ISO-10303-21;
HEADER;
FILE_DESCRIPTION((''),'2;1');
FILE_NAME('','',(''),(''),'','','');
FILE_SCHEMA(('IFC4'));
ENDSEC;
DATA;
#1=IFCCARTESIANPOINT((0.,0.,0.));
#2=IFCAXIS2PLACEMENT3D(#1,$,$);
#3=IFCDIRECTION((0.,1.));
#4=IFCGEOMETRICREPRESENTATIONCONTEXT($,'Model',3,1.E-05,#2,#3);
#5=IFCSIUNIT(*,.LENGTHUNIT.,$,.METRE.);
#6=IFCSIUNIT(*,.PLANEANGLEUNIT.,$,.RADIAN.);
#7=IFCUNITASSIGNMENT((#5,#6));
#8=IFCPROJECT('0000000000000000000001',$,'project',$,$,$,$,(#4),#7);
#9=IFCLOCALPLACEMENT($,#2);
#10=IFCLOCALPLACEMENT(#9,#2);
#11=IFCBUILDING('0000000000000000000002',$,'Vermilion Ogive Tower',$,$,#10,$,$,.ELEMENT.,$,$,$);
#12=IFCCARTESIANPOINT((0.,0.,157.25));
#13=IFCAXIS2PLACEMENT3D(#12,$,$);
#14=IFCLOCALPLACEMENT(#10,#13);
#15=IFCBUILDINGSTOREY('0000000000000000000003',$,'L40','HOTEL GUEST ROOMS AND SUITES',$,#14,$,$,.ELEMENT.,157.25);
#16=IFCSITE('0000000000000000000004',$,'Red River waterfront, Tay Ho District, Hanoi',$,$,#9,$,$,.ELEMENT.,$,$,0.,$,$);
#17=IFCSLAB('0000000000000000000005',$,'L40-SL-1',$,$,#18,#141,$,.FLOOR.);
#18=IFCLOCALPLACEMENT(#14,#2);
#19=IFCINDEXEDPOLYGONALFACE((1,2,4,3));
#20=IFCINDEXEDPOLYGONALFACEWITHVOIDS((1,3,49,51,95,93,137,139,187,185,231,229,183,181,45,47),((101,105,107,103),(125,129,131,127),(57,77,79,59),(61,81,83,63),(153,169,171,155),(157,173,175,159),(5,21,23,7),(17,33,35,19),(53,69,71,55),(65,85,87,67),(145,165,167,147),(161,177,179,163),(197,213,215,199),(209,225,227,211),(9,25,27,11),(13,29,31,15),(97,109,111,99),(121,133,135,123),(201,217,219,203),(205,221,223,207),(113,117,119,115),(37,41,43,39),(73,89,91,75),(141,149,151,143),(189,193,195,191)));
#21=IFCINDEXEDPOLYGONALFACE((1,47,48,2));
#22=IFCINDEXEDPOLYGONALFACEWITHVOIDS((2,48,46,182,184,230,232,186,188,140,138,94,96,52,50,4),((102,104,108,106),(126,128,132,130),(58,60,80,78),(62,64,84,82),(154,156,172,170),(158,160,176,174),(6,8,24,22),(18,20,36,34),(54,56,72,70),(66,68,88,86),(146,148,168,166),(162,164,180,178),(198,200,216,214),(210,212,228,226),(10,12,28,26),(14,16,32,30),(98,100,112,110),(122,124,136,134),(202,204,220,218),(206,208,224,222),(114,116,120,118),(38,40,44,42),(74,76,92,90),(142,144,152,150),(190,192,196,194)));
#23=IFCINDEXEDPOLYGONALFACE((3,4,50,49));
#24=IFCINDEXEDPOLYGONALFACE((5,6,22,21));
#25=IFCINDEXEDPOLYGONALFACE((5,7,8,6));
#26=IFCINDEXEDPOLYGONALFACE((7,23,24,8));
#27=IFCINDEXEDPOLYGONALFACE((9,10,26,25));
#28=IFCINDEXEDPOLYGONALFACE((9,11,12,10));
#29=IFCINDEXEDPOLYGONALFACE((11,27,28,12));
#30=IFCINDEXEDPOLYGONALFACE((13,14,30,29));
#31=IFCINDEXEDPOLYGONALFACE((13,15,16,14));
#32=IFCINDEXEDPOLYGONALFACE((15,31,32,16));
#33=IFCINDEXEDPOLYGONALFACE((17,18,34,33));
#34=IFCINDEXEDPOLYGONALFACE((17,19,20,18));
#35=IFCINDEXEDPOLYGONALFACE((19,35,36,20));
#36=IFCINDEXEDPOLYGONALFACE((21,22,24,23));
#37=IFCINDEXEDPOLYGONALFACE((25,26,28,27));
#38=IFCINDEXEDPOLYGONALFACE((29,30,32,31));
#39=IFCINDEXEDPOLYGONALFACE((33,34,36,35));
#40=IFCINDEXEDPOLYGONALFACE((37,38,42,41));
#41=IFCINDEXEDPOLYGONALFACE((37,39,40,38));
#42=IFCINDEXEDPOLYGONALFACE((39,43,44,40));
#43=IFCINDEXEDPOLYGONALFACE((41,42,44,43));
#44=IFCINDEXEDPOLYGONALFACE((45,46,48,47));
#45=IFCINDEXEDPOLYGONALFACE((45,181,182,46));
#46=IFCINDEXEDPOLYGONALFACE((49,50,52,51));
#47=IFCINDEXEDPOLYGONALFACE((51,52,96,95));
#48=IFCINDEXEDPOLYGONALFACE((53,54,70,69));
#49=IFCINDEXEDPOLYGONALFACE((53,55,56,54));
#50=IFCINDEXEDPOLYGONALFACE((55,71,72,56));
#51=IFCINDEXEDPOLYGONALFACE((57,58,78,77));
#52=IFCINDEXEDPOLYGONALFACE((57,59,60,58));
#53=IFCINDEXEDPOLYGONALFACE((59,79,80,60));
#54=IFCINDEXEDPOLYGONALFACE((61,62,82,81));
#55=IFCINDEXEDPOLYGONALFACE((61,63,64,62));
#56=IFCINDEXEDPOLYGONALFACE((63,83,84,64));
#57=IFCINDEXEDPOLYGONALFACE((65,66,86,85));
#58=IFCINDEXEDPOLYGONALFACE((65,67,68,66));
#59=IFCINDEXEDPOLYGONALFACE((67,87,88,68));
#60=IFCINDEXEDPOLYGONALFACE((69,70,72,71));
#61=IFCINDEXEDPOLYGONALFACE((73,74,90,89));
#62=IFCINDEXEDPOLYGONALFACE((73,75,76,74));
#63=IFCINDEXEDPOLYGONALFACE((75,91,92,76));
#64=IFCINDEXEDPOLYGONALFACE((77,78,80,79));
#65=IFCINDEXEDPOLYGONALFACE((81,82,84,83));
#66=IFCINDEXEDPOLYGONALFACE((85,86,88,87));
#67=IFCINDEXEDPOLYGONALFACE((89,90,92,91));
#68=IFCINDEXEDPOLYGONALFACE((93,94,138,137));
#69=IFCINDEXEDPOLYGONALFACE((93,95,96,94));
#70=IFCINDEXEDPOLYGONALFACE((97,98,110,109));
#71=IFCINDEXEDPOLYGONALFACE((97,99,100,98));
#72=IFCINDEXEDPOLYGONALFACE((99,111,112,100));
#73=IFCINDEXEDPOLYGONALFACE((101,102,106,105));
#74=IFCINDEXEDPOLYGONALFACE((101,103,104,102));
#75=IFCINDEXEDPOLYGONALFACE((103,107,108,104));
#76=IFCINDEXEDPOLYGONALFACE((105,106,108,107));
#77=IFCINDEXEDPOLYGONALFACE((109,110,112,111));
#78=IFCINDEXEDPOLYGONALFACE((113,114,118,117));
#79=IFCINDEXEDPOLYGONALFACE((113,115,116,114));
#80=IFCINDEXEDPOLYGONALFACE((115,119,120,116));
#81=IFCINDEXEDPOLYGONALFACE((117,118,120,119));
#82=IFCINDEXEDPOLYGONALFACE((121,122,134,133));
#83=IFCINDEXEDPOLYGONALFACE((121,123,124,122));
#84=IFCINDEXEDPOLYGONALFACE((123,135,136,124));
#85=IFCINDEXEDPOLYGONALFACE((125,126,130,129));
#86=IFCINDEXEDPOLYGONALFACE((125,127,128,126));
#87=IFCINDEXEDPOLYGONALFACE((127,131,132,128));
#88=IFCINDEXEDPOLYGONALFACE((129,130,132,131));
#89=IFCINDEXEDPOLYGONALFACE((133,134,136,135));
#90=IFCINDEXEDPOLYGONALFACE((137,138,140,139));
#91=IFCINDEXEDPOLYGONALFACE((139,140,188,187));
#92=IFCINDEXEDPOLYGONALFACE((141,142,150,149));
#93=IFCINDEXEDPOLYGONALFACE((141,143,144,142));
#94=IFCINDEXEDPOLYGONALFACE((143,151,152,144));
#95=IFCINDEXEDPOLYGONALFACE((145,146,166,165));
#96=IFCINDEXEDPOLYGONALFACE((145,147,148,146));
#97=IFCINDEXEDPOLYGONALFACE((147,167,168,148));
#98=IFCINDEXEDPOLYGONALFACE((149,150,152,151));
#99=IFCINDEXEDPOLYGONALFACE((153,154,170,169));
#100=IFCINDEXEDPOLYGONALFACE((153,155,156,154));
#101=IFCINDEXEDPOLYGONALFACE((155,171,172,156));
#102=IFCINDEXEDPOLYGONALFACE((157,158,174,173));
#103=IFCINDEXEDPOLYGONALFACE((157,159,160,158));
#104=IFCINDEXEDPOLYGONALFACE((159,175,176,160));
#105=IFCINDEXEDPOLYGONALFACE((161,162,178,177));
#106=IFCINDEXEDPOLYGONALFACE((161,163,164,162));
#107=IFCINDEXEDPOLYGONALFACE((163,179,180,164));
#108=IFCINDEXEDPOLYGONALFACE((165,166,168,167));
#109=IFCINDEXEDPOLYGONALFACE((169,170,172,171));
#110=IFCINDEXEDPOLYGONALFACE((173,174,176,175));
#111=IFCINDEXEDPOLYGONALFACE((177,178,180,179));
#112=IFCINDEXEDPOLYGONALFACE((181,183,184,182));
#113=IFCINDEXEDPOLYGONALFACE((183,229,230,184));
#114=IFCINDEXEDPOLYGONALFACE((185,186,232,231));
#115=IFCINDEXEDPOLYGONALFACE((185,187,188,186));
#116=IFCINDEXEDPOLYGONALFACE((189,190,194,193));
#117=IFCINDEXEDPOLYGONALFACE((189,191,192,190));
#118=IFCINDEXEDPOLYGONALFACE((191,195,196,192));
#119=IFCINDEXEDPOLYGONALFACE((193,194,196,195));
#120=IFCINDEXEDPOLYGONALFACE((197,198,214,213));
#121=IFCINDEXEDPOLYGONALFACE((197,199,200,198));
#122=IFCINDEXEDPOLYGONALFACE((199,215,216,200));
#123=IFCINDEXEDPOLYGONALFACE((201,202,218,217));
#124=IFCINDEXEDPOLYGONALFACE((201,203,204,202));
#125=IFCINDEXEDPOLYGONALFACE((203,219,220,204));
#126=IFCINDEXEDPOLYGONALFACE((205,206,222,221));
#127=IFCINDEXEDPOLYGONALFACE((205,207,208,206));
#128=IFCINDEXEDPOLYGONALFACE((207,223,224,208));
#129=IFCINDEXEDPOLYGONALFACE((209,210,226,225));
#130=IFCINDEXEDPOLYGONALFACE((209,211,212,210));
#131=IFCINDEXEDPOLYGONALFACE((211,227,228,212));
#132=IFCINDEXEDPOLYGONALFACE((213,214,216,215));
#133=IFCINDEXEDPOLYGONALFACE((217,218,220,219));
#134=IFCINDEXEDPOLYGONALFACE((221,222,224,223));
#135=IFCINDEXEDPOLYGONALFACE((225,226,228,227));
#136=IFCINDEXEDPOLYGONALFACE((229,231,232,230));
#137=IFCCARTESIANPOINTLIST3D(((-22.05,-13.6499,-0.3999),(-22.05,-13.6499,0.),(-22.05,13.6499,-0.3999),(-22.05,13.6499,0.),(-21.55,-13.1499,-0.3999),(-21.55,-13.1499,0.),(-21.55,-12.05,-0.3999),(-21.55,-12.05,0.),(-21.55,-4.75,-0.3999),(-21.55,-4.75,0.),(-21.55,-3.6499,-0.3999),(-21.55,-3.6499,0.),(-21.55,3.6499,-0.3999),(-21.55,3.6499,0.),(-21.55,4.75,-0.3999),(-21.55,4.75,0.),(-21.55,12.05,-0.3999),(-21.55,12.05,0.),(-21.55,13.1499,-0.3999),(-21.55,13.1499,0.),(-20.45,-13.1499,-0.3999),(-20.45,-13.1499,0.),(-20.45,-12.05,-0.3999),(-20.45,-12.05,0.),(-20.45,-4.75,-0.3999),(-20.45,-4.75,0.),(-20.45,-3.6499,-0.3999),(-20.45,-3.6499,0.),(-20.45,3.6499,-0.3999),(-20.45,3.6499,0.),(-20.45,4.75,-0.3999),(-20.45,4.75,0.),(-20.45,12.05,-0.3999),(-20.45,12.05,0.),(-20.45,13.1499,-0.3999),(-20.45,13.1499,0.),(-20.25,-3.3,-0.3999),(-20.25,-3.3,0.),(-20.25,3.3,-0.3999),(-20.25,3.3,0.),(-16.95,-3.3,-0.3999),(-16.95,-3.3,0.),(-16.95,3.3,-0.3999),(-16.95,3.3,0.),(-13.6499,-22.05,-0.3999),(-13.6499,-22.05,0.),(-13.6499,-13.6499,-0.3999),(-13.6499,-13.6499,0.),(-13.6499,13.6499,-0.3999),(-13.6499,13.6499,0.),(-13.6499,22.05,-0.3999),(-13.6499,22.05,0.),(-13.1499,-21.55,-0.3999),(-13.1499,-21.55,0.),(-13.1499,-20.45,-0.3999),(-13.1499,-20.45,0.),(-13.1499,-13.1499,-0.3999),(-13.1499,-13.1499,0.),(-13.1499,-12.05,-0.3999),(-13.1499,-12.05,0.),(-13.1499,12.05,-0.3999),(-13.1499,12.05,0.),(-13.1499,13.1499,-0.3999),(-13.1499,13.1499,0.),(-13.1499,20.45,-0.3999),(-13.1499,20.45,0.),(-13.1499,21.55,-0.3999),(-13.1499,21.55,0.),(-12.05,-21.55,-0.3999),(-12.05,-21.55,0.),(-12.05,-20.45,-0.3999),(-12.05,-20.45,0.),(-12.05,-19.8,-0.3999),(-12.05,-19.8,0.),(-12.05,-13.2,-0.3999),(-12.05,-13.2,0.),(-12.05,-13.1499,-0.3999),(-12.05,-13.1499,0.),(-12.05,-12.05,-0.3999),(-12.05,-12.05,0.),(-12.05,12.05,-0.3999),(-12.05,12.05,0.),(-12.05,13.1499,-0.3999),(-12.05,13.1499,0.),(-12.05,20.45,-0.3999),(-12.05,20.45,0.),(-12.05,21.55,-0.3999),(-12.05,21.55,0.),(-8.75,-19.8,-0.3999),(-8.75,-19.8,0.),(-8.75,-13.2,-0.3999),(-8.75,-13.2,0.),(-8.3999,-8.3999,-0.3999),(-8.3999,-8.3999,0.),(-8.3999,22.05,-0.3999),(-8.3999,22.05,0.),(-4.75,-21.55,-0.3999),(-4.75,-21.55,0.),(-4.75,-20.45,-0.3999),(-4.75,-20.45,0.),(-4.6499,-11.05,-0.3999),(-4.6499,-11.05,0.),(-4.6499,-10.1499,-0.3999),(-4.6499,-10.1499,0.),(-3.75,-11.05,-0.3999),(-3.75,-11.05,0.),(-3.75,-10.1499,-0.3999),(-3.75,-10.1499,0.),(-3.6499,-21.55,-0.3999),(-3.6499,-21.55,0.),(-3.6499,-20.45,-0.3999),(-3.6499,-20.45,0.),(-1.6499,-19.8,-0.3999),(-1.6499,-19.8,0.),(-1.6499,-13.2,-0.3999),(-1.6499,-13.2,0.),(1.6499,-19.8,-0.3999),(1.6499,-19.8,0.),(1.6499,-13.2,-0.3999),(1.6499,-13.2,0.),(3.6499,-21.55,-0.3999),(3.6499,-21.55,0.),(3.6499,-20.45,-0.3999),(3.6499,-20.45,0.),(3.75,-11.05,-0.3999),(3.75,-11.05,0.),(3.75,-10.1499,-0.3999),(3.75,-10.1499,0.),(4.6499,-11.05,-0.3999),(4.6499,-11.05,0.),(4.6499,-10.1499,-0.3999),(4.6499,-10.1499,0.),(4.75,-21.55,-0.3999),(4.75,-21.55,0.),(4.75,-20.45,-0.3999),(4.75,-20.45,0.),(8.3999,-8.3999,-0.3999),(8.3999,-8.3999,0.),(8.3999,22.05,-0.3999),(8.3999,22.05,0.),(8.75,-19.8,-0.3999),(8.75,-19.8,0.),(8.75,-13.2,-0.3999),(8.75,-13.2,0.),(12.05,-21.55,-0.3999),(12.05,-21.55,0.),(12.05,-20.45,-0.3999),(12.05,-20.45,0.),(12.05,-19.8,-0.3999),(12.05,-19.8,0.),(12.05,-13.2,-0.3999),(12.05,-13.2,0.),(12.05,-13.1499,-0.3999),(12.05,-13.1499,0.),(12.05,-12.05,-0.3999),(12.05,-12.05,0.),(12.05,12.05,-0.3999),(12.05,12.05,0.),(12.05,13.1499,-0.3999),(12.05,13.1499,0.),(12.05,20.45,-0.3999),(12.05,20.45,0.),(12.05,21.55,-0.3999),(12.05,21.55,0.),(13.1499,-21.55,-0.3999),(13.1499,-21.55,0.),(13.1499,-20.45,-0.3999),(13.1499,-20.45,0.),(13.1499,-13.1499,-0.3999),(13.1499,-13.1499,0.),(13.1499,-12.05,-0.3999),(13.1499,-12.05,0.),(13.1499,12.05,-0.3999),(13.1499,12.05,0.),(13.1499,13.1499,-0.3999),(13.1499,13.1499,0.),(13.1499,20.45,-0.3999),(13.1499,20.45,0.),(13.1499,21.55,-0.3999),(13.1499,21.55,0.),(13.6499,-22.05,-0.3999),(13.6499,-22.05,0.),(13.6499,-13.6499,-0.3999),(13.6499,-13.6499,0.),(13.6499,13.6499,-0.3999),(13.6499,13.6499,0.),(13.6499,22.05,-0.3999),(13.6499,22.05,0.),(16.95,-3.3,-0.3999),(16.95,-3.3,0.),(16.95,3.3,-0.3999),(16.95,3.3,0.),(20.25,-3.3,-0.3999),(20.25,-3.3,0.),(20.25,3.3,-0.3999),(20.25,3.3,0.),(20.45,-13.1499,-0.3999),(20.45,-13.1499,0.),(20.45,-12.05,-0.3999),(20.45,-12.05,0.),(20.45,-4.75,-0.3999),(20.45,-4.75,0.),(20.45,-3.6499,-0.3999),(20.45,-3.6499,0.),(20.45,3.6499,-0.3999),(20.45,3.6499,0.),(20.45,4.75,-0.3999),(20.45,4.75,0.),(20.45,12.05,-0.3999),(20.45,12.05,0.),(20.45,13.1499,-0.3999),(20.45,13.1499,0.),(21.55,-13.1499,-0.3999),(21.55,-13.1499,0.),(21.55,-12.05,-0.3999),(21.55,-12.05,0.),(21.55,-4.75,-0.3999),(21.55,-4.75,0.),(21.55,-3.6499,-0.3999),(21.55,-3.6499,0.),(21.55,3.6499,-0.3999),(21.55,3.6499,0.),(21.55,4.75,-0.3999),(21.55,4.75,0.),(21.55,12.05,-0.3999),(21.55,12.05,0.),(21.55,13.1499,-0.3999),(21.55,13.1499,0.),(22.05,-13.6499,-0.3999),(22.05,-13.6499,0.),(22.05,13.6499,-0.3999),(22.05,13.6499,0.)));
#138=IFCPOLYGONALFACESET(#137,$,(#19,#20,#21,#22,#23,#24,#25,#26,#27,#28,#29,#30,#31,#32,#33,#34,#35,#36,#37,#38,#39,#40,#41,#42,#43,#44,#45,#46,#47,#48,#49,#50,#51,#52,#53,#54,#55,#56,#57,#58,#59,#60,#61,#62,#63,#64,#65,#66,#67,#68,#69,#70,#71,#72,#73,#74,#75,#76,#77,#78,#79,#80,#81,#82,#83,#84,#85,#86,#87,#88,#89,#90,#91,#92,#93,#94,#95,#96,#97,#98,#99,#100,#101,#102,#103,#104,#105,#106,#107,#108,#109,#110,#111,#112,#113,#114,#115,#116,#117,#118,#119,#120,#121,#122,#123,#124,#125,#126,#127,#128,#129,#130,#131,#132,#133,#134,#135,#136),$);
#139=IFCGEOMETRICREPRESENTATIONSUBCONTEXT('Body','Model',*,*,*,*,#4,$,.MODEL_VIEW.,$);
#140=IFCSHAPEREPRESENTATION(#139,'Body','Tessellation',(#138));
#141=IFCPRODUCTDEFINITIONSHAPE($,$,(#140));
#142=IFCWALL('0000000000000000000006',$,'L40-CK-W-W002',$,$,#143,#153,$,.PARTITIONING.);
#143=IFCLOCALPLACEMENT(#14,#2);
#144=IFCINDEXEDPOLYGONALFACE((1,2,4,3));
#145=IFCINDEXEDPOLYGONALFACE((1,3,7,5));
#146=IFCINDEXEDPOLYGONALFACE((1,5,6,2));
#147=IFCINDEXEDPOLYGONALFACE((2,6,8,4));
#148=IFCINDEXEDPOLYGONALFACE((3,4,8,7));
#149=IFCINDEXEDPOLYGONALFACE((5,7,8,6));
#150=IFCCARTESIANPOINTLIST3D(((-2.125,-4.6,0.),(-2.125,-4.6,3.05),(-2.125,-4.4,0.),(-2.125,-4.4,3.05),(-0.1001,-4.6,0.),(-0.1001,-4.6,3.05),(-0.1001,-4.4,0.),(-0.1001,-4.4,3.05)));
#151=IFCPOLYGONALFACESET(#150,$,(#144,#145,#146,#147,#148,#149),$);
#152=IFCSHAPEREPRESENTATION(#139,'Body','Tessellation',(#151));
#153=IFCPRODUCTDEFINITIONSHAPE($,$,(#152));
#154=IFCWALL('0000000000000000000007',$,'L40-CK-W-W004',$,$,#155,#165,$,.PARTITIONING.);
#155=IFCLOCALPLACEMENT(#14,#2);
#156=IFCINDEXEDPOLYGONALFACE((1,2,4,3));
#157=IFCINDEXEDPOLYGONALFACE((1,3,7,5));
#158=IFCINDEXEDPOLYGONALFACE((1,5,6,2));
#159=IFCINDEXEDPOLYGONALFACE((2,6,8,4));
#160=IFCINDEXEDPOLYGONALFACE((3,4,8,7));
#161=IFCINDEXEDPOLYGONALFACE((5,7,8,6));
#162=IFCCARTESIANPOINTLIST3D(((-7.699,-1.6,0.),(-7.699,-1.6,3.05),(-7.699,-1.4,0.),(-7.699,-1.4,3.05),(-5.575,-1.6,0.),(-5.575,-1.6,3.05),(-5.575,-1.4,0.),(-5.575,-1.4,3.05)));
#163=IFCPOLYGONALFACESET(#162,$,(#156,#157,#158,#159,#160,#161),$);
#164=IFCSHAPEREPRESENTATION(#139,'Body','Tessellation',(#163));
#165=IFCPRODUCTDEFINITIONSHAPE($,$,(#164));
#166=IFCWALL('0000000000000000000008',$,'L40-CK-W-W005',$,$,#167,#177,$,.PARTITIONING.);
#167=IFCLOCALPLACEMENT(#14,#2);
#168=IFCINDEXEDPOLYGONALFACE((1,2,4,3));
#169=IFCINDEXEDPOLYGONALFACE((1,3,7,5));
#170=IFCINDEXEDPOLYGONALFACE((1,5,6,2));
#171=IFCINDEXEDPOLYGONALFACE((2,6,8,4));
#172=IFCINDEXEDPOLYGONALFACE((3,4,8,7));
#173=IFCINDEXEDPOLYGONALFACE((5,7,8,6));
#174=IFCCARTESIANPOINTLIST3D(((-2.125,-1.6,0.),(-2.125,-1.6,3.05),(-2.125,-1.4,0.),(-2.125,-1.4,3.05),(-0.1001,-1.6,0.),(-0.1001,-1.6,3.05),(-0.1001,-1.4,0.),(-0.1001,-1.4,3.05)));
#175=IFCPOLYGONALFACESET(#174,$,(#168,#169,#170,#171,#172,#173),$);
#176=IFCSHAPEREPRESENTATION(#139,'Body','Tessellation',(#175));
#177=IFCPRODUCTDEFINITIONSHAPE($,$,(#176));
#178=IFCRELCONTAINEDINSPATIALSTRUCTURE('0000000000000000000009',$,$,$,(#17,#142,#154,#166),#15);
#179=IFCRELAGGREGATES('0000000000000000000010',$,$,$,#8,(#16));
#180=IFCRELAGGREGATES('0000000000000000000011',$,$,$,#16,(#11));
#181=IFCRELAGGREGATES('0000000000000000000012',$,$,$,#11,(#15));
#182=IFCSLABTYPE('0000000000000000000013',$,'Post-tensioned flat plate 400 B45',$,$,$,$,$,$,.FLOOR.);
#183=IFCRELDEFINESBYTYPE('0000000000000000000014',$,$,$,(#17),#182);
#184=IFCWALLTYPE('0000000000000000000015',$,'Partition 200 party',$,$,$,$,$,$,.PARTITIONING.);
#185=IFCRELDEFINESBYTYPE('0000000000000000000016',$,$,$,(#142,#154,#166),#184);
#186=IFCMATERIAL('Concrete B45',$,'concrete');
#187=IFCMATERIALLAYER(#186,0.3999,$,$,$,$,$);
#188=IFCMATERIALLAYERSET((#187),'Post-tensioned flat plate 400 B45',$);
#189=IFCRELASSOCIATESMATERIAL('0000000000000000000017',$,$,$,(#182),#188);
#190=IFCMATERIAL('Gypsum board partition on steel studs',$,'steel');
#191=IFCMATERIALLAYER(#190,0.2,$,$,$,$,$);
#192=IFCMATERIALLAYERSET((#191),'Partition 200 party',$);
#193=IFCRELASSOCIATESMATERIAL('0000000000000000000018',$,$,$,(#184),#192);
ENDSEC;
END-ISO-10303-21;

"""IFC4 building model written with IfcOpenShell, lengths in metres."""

from ifc_helpers import new_model, si_unit, direction, frame, frame_2d, origin, place, context, subcontext, project, spatial, polyline, rectangle, outline, extrude, material, layer, layer_set, type_object, element, save


model = new_model("IFC4")

# Units and contexts
model_context = context("Model", 3, precision=1e-05, world=origin(), true_north=direction((0.0, 1.0)))
body_context = subcontext(model_context, "Body", "Model", "MODEL_VIEW")
ifc_project = project(units=[si_unit("LENGTHUNIT", "METRE"), si_unit("PLANEANGLEUNIT", "RADIAN")], contexts=[model_context])

# Site, building, storey
site_placement = place(None, origin())
site = spatial("IfcSite", under=ifc_project, at=site_placement, Name="Red River waterfront, Tay Ho District, Hanoi", CompositionType="ELEMENT", RefElevation=0.0)
building_placement = place(site_placement, origin())
building = spatial("IfcBuilding", under=site, at=building_placement, Name="Vermilion Ogive Tower", CompositionType="ELEMENT")
storey_placement = place(building_placement, frame((0.0, 0.0, 157.25)))
storey = spatial("IfcBuildingStorey", under=building, at=storey_placement, Name="L40", Description="HOTEL GUEST ROOMS AND SUITES", CompositionType="ELEMENT", Elevation=157.25)

# Slab
ifc_material_1 = material(Name="Concrete B45", Category="concrete")
ifc_layer_1 = layer(ifc_material_1, 0.3999)
ifc_layer_set_1 = layer_set([ifc_layer_1], Name="Post-tensioned flat plate 400 B45")
slab_type = type_object("IfcSlabType", Name="Post-tensioned flat plate 400 B45", PredefinedType="FLOOR", material=ifc_layer_set_1)
slab_placement = place(storey_placement, frame((0.0, 0.0, -0.3999)))
element("IfcSlab", 1, at=slab_placement, inside=storey, type_object=slab_type, Name="L40-SL-1", PredefinedType="FLOOR", context=body_context, shape_type="SweptSolid", body=[
    extrude(outline(polyline([(-13.6499, -13.6499), (-22.05, -13.6499), (-22.05, 13.6499), (-13.6499, 13.6499), (-13.6499, 22.05), (-8.3999, 22.05), (-8.3999, -8.3999), (8.3999, -8.3999), (8.3999, 22.05), (13.6499, 22.05), (13.6499, 13.6499), (22.05, 13.6499), (22.05, -13.6499), (13.6499, -13.6499), (13.6499, -22.05), (-13.6499, -22.05), (-13.6499, -13.6499)]), holes=[polyline([(21.55, 12.05), (21.55, 13.1499), (20.45, 13.1499), (20.45, 12.05), (21.55, 12.05)]), polyline([(21.55, 3.6499), (21.55, 4.75), (20.45, 4.75), (20.45, 3.6499), (21.55, 3.6499)]), polyline([(21.55, -4.75), (21.55, -3.6499), (20.45, -3.6499), (20.45, -4.75), (21.55, -4.75)]), polyline([(21.55, -13.1499), (21.55, -12.05), (20.45, -12.05), (20.45, -13.1499), (21.55, -13.1499)]), polyline([(20.25, -3.3), (20.25, 3.3), (16.95, 3.3), (16.95, -3.3), (20.25, -3.3)]), polyline([(13.1499, 20.45), (13.1499, 21.55), (12.05, 21.55), (12.05, 20.45), (13.1499, 20.45)]), polyline([(13.1499, 12.05), (13.1499, 13.1499), (12.05, 13.1499), (12.05, 12.05), (13.1499, 12.05)]), polyline([(13.1499, -13.1499), (13.1499, -12.05), (12.05, -12.05), (12.05, -13.1499), (13.1499, -13.1499)]), polyline([(13.1499, -21.55), (13.1499, -20.45), (12.05, -20.45), (12.05, -21.55), (13.1499, -21.55)]), polyline([(12.05, -19.8), (12.05, -13.2), (8.75, -13.2), (8.75, -19.8), (12.05, -19.8)]), polyline([(4.75, -20.45), (3.6499, -20.45), (3.6499, -21.55), (4.75, -21.55), (4.75, -20.45)]), polyline([(4.6499, -11.05), (4.6499, -10.1499), (3.75, -10.1499), (3.75, -11.05), (4.6499, -11.05)]), polyline([(1.6499, -19.8), (1.6499, -13.2), (-1.6499, -13.2), (-1.6499, -19.8), (1.6499, -19.8)]), polyline([(-3.6499, -21.55), (-3.6499, -20.45), (-4.75, -20.45), (-4.75, -21.55), (-3.6499, -21.55)]), polyline([(-3.75, -11.05), (-3.75, -10.1499), (-4.6499, -10.1499), (-4.6499, -11.05), (-3.75, -11.05)]), polyline([(-8.75, -19.8), (-8.75, -13.2), (-12.05, -13.2), (-12.05, -19.8), (-8.75, -19.8)]), polyline([(-12.05, 20.45), (-12.05, 21.55), (-13.1499, 21.55), (-13.1499, 20.45), (-12.05, 20.45)]), polyline([(-12.05, 12.05), (-12.05, 13.1499), (-13.1499, 13.1499), (-13.1499, 12.05), (-12.05, 12.05)]), polyline([(-12.05, -13.1499), (-12.05, -12.05), (-13.1499, -12.05), (-13.1499, -13.1499), (-12.05, -13.1499)]), polyline([(-12.05, -20.45), (-13.1499, -20.45), (-13.1499, -21.55), (-12.05, -21.55), (-12.05, -20.45)]), polyline([(-16.95, -3.3), (-16.95, 3.3), (-20.25, 3.3), (-20.25, -3.3), (-16.95, -3.3)]), polyline([(-20.45, -13.1499), (-20.45, -12.05), (-21.55, -12.05), (-21.55, -13.1499), (-20.45, -13.1499)]), polyline([(-20.45, 12.05), (-20.45, 13.1499), (-21.55, 13.1499), (-21.55, 12.05), (-20.45, 12.05)]), polyline([(-20.45, 3.6499), (-20.45, 4.75), (-21.55, 4.75), (-21.55, 3.6499), (-20.45, 3.6499)]), polyline([(-20.45, -4.75), (-20.45, -3.6499), (-21.55, -3.6499), (-21.55, -4.75), (-20.45, -4.75)])]), origin(), (0.0, 0.0, 1.0), 0.3999),
])

# Walls
ifc_material_2 = material(Name="Gypsum board partition on steel studs", Category="steel")
ifc_layer_2 = layer(ifc_material_2, 0.2)
ifc_layer_set_2 = layer_set([ifc_layer_2], Name="Partition 200 party")
wall_type = type_object("IfcWallType", Name="Partition 200 party", PredefinedType="PARTITIONING", material=ifc_layer_set_2)
wall_1_placement = place(storey_placement, frame((-2.125, -4.5, 0.0), z_axis=(0.0, 0.0, 1.0), x_axis=(1.0, 0.0, 0.0)))
element("IfcWall", 2, at=wall_1_placement, inside=storey, type_object=wall_type, Name="L40-CK-W-W002", PredefinedType="PARTITIONING", context=body_context, shape_type="SweptSolid", body=[
    extrude(rectangle(XDim=2.0249, YDim=0.2, at=frame_2d((1.0125, 0.0))), origin(), (0.0, 0.0, 1.0), 3.05),
])
wall_2_placement = place(storey_placement, frame((-7.699, -1.5, 0.0), z_axis=(0.0, 0.0, 1.0), x_axis=(1.0, 0.0, 0.0)))
element("IfcWall", 3, at=wall_2_placement, inside=storey, type_object=wall_type, Name="L40-CK-W-W004", PredefinedType="PARTITIONING", context=body_context, shape_type="SweptSolid", body=[
    extrude(rectangle(XDim=2.124, YDim=0.2, at=frame_2d((1.062, 0.0))), origin(), (0.0, 0.0, 1.0), 3.05),
])
wall_3_placement = place(storey_placement, frame((-2.125, -1.5, 0.0), z_axis=(0.0, 0.0, 1.0), x_axis=(1.0, 0.0, 0.0)))
element("IfcWall", 4, at=wall_3_placement, inside=storey, type_object=wall_type, Name="L40-CK-W-W005", PredefinedType="PARTITIONING", context=body_context, shape_type="SweptSolid", body=[
    extrude(rectangle(XDim=2.0249, YDim=0.2, at=frame_2d((1.0125, 0.0))), origin(), (0.0, 0.0, 1.0), 3.05),
])

save(model, "model.ifc")
